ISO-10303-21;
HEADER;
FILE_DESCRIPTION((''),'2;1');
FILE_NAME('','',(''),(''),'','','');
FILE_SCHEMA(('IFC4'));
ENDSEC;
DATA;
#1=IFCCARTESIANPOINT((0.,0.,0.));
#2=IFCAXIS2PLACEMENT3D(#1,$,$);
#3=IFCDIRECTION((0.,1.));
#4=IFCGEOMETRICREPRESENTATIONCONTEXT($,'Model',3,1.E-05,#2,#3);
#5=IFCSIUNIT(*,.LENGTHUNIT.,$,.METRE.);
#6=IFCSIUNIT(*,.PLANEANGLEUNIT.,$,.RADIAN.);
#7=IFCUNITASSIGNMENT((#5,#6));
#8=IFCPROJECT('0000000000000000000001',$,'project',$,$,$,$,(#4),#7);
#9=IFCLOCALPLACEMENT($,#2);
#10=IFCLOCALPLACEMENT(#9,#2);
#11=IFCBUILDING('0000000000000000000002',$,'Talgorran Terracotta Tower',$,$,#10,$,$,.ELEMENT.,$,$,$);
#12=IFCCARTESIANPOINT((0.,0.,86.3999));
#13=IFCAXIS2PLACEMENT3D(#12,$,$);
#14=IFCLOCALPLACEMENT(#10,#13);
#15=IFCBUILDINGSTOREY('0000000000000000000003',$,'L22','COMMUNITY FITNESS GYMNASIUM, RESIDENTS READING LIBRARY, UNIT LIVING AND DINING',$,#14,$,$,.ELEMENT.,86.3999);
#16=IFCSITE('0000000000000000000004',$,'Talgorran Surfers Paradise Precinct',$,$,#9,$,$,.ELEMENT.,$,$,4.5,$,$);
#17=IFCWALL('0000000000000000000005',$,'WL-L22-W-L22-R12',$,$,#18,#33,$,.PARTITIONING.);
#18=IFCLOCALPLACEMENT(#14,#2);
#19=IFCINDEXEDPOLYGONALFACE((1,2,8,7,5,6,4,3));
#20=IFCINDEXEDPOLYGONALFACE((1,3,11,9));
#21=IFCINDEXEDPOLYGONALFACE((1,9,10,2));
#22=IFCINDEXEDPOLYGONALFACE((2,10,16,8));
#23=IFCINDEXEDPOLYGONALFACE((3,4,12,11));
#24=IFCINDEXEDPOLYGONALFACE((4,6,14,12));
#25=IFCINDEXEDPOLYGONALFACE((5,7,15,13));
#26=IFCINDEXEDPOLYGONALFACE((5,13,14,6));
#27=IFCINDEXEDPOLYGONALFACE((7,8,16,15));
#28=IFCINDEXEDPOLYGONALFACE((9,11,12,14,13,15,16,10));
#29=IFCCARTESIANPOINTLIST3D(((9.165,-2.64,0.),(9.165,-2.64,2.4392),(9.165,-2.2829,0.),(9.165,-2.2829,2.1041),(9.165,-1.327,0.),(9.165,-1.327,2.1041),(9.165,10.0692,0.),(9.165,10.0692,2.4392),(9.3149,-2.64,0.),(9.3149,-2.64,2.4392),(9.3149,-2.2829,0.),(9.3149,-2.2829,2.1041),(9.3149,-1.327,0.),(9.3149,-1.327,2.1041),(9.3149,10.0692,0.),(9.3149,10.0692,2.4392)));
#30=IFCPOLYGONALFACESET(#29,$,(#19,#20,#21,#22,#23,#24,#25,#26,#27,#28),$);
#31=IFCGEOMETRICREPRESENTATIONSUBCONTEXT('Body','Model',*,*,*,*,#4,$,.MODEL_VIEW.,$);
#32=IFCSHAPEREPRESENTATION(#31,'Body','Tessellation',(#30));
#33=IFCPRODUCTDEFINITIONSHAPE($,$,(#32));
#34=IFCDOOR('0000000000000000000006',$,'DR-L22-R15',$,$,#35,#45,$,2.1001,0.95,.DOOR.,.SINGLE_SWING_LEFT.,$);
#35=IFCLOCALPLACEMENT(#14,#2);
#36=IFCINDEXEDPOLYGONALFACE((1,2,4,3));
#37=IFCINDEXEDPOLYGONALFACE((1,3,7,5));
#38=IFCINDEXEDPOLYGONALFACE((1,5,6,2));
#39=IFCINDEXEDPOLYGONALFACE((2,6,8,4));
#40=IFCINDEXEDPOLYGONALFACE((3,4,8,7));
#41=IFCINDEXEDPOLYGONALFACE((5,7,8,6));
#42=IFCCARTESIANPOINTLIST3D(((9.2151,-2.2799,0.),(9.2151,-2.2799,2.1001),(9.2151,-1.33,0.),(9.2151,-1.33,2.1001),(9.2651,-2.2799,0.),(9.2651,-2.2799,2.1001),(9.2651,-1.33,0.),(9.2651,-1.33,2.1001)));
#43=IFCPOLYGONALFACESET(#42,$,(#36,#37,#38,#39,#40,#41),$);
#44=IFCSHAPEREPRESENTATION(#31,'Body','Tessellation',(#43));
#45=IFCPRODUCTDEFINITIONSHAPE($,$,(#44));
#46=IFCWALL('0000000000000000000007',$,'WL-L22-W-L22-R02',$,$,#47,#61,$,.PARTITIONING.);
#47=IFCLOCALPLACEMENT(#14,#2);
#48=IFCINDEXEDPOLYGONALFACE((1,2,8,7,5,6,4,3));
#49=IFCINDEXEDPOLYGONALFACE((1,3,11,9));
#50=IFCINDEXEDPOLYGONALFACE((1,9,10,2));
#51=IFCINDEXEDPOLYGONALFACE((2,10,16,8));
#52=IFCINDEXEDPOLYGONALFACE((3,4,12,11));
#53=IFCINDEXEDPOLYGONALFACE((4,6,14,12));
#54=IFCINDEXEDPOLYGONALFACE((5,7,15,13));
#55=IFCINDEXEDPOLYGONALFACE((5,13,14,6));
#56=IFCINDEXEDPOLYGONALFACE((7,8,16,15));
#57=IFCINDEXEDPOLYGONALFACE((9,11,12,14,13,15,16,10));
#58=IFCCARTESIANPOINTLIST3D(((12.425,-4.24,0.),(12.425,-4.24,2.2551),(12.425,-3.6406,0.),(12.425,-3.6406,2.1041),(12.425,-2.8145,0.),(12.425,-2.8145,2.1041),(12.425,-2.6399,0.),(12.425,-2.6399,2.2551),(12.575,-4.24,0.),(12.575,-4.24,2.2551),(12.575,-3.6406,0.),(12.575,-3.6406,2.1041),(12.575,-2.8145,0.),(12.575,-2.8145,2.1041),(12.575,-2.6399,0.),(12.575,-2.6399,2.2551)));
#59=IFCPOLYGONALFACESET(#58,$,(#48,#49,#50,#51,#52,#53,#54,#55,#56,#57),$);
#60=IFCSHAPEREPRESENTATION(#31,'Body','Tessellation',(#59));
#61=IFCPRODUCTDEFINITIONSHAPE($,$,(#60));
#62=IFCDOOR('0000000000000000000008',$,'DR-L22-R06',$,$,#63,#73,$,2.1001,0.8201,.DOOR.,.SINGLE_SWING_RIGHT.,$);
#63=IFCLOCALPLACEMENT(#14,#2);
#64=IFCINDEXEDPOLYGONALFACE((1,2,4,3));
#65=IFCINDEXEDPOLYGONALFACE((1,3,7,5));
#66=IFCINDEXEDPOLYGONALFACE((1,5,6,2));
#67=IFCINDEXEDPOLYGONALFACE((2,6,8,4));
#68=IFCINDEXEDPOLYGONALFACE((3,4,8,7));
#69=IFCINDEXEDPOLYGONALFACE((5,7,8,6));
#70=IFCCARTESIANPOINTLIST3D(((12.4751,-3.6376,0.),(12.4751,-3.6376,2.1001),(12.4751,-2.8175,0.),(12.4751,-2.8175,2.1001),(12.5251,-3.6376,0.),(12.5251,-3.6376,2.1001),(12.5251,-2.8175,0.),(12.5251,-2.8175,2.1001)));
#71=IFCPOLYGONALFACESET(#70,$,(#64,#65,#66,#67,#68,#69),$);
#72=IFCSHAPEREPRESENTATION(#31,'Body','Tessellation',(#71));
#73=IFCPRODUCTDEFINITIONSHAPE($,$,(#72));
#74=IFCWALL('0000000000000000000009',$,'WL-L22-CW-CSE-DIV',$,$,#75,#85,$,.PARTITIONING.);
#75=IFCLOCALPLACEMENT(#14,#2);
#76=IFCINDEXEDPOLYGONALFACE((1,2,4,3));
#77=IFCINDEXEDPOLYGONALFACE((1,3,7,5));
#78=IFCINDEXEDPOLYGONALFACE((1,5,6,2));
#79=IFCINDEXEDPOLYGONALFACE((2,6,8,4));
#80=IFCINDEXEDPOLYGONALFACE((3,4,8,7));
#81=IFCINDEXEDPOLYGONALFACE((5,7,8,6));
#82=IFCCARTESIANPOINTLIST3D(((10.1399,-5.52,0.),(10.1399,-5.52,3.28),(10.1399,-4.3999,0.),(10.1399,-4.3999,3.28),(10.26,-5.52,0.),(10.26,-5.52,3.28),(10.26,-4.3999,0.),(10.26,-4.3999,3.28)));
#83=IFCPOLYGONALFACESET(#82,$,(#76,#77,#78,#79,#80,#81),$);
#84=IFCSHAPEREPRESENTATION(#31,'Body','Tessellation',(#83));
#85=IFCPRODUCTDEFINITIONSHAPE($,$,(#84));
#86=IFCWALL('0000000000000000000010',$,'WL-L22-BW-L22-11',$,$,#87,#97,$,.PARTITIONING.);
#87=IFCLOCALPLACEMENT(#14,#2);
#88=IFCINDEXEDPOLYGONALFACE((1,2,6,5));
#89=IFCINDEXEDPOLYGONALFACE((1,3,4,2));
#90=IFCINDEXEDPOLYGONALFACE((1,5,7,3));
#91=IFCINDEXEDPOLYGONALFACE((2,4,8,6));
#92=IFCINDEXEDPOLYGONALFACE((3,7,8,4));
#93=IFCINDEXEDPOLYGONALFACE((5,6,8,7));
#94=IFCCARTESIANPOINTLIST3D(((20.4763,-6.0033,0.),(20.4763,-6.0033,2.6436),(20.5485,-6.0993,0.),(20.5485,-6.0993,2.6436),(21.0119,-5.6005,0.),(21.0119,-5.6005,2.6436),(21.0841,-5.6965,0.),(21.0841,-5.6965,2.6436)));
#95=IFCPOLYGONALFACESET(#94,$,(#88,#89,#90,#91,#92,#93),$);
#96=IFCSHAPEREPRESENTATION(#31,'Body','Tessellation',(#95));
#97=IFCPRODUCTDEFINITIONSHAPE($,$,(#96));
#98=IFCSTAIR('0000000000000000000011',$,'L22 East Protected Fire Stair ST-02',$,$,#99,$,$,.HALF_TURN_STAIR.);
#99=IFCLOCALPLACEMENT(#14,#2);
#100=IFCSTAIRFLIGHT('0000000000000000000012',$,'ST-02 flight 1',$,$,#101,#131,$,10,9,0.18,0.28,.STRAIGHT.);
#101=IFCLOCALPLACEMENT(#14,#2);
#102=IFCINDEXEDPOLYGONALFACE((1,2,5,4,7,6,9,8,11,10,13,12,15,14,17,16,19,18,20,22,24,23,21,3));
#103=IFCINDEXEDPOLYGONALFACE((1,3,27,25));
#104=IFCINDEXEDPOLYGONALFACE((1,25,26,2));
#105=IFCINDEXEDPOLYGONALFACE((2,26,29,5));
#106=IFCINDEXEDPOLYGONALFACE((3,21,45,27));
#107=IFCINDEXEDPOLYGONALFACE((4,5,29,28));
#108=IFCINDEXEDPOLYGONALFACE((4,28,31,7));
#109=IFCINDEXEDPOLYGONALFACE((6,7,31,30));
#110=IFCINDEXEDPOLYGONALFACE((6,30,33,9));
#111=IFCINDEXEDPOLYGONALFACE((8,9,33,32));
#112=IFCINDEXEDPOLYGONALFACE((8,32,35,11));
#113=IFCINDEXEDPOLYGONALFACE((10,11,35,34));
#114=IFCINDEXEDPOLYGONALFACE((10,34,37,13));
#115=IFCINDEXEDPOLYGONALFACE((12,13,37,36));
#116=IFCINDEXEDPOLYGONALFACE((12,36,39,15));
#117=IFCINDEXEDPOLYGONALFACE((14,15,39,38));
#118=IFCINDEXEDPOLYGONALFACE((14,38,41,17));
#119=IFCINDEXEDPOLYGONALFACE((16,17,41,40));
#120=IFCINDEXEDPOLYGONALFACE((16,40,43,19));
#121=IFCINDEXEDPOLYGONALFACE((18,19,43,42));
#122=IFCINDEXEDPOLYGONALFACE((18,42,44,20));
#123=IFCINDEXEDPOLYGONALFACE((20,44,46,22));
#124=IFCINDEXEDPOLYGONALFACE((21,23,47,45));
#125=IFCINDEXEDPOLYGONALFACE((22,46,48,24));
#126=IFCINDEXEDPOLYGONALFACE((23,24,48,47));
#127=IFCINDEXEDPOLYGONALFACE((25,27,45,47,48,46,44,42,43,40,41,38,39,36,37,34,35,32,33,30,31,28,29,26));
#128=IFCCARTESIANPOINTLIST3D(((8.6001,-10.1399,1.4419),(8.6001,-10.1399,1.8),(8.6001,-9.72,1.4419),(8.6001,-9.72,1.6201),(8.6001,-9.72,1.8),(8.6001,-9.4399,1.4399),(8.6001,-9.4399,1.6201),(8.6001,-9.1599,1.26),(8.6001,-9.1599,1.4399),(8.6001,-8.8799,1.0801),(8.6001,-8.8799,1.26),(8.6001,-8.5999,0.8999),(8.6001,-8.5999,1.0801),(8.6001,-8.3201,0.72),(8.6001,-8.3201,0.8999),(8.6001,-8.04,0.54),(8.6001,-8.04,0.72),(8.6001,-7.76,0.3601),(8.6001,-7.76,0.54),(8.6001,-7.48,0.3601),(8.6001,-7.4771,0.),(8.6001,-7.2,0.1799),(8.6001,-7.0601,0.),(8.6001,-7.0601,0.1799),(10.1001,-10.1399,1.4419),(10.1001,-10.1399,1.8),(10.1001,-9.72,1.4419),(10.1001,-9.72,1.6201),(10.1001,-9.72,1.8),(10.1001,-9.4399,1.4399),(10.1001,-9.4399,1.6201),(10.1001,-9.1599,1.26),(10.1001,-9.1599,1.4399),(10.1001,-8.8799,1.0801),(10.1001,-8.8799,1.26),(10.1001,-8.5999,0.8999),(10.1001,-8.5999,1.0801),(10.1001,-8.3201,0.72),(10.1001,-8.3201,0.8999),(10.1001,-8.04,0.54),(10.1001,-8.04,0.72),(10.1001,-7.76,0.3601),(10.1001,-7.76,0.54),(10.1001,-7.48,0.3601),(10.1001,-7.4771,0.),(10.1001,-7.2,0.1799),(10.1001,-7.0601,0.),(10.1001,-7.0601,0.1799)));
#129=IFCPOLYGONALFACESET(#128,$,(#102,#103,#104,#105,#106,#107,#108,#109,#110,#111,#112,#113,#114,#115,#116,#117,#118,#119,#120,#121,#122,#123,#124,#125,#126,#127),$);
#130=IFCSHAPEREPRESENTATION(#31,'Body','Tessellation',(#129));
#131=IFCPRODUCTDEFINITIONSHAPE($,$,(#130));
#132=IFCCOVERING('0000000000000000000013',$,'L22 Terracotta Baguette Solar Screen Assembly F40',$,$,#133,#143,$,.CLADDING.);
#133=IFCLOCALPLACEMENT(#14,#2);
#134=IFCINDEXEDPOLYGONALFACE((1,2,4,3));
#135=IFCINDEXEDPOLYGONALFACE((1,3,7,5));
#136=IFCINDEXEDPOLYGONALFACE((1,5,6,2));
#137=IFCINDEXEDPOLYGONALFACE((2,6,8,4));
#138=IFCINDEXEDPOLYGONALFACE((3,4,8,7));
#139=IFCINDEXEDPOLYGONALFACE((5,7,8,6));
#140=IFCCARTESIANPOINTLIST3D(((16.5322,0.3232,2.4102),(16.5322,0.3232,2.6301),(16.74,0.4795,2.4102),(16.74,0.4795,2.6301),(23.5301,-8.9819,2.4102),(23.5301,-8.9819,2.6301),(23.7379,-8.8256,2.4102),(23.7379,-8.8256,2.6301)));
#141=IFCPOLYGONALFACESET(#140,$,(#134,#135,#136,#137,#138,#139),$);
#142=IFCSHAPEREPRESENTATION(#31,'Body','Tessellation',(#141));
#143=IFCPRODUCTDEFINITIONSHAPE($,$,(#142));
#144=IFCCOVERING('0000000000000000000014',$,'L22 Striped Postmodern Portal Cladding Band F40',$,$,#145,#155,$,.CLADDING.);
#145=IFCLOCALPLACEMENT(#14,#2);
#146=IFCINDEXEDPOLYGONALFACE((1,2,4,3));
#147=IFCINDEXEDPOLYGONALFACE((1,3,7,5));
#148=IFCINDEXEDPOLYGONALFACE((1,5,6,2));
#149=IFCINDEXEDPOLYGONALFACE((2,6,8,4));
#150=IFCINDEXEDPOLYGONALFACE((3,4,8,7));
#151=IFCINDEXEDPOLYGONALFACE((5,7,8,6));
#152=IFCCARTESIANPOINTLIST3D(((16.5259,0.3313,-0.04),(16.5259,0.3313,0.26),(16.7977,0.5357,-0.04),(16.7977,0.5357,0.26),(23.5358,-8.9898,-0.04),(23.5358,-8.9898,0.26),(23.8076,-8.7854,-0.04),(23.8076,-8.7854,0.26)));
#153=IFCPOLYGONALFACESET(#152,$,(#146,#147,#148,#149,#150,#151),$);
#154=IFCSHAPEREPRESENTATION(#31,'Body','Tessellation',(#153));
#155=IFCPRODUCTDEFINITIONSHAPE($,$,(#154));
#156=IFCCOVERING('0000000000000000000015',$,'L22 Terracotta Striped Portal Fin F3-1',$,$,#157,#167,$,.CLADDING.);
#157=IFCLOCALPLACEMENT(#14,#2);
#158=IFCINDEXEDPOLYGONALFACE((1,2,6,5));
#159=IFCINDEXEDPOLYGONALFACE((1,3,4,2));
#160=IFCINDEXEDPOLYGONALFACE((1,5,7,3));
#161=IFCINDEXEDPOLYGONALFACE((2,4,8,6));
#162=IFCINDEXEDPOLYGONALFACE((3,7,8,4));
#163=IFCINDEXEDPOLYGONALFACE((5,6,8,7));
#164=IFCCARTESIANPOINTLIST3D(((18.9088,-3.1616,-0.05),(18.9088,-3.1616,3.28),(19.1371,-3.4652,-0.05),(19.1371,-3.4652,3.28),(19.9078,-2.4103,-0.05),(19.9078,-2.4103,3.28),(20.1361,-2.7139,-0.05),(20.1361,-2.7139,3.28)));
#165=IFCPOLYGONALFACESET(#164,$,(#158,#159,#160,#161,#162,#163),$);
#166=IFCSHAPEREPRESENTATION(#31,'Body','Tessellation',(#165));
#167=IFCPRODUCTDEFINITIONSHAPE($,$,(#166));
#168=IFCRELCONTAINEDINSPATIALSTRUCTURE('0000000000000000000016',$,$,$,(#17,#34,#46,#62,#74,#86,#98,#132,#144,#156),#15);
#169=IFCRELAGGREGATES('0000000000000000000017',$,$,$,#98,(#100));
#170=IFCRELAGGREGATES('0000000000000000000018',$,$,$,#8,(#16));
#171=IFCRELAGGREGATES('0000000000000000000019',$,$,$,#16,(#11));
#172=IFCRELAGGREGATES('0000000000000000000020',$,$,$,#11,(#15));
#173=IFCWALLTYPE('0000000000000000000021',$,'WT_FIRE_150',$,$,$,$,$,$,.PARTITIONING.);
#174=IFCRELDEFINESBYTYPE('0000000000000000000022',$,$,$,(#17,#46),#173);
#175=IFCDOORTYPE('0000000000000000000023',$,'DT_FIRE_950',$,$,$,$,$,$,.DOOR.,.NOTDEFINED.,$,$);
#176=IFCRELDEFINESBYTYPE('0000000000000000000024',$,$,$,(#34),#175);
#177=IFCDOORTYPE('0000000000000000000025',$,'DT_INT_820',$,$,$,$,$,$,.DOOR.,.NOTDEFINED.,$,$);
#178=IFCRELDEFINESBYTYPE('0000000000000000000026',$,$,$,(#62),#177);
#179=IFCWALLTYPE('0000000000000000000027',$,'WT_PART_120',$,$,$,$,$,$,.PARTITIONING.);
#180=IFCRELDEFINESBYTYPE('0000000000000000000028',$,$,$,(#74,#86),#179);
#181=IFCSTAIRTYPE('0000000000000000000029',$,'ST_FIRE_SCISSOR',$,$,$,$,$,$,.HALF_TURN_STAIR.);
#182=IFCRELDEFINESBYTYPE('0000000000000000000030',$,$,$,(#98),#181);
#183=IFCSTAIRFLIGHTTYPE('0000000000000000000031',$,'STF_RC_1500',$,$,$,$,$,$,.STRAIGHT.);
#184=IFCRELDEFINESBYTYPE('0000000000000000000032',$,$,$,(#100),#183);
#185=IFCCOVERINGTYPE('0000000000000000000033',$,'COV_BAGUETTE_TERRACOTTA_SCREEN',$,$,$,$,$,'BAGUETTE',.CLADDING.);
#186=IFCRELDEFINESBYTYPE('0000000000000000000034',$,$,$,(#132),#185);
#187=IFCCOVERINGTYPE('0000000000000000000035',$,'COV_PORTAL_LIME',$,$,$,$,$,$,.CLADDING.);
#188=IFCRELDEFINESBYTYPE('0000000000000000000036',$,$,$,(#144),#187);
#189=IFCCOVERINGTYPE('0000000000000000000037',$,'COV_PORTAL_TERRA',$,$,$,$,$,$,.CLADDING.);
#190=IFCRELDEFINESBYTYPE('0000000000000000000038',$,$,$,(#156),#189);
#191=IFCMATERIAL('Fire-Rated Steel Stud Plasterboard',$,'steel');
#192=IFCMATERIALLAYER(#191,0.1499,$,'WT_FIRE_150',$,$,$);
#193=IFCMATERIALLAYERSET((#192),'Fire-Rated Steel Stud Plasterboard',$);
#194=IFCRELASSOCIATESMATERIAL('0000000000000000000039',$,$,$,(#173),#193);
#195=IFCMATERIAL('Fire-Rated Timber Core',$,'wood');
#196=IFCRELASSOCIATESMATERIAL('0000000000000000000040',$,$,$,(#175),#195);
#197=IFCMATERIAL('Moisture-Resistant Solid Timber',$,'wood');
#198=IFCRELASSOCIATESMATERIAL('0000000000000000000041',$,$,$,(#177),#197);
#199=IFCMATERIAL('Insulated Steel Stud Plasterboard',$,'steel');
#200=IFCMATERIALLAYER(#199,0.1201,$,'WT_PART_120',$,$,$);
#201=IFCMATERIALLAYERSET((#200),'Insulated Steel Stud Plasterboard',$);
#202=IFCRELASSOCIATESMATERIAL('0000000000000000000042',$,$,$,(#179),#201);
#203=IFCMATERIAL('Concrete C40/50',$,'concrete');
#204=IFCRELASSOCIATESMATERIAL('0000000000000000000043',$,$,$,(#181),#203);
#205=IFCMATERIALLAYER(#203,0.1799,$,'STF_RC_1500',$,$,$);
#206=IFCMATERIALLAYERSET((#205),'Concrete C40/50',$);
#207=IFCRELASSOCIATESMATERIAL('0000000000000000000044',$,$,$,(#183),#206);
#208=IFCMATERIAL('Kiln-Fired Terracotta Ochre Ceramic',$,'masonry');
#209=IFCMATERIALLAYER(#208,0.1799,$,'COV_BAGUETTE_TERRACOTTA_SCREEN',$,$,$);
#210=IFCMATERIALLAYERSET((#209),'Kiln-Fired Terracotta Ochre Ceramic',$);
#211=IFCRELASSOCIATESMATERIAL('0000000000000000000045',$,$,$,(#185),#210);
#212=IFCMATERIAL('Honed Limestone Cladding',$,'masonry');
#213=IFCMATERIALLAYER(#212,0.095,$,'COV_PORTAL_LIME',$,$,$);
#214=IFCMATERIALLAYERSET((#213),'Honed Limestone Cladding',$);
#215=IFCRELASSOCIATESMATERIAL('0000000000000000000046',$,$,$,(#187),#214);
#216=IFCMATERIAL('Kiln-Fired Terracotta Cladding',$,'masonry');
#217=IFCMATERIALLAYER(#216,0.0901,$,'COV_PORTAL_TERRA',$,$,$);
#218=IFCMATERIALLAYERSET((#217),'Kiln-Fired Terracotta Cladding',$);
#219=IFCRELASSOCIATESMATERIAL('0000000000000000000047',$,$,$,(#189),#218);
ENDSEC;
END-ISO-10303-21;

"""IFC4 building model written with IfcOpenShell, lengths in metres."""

from ifc_helpers import new_model, si_unit, direction, frame, frame_2d, origin, origin_2d, place, context, subcontext, project, spatial, polyline, rectangle, outline, extrude, material, layer, layer_set, type_object, element, fill, aggregate, save


model = new_model("IFC4")

# Units and contexts
model_context = context("Model", 3, precision=1e-05, world=origin(), true_north=direction((0.0, 1.0)))
body_context = subcontext(model_context, "Body", "Model", "MODEL_VIEW")
ifc_project = project(units=[si_unit("LENGTHUNIT", "METRE"), si_unit("PLANEANGLEUNIT", "RADIAN")], contexts=[model_context])

# Site, building, storey
site_placement = place(None, origin())
site = spatial("IfcSite", under=ifc_project, at=site_placement, Name="Talgorran Surfers Paradise Precinct", CompositionType="ELEMENT", RefElevation=4.5)
building_placement = place(site_placement, origin())
building = spatial("IfcBuilding", under=site, at=building_placement, Name="Talgorran Terracotta Tower", CompositionType="ELEMENT")
storey_placement = place(building_placement, frame((0.0, 0.0, 86.3999)))
storey = spatial("IfcBuildingStorey", under=building, at=storey_placement, Name="L22", Description="COMMUNITY FITNESS GYMNASIUM, RESIDENTS READING LIBRARY, UNIT LIVING AND DINING", CompositionType="ELEMENT", Elevation=86.3999)

# Walls, openings, doors
ifc_material_1 = material(Name="Fire-Rated Steel Stud Plasterboard", Category="steel")
ifc_layer_1 = layer(ifc_material_1, 0.1499, Name="WT_FIRE_150")
ifc_layer_set_1 = layer_set([ifc_layer_1], Name="Fire-Rated Steel Stud Plasterboard")
wall_type_1 = type_object("IfcWallType", Name="WT_FIRE_150", PredefinedType="PARTITIONING", material=ifc_layer_set_1)
wall_1_placement = place(storey_placement, frame((9.24, -2.6399, 0.0), z_axis=(0.0, 0.0, 1.0), x_axis=(0.0, 1.0, 0.0)))
wall_1 = element("IfcWall", 1, at=wall_1_placement, inside=storey, type_object=wall_type_1, Name="WL-L22-W-L22-R12", PredefinedType="PARTITIONING", context=body_context, shape_type="SweptSolid", body=[
    extrude(rectangle(XDim=12.7092, YDim=0.1499, at=frame_2d((6.3545, 0.0))), origin(), (0.0, 0.0, 1.0), 2.4392),
])
opening_1_placement = place(wall_1_placement, frame((0.3599, 0.0, 0.0)))
opening_1 = element("IfcOpeningElement", 2, at=opening_1_placement, cuts=wall_1, PredefinedType="OPENING", context=body_context, shape_type="SweptSolid", body=[
    extrude(rectangle(XDim=0.956, YDim=2.1041, at=frame_2d((0.4751, 1.052))), frame((0.0, 0.085, 0.0), z_axis=(0.0, -1.0, 0.0), x_axis=(1.0, 0.0, 0.0)), (0.0, 0.0, 1.0), 0.1699),
])
ifc_material_2 = material(Name="Fire-Rated Timber Core", Category="wood")
door_type_1 = type_object("IfcDoorType", Name="DT_FIRE_950", OperationType="NOTDEFINED", PredefinedType="DOOR", material=ifc_material_2)
door_1_placement = place(opening_1_placement, origin())
door_1 = element("IfcDoor", 3, at=door_1_placement, inside=storey, type_object=door_type_1, Name="DR-L22-R15", OperationType="SINGLE_SWING_LEFT", OverallHeight=2.1001, OverallWidth=0.95, PredefinedType="DOOR", context=body_context, shape_type="SweptSolid", body=[
    extrude(rectangle(XDim=0.95, YDim=2.1001, at=frame_2d((0.4751, 1.05))), frame((0.0, 0.0249, 0.0), z_axis=(0.0, -1.0, 0.0), x_axis=(1.0, 0.0, 0.0)), (0.0, 0.0, 1.0), 0.05),
])
fill(opening_1, door_1)
wall_2_placement = place(storey_placement, frame((12.5, -4.24, 0.0), z_axis=(0.0, 0.0, 1.0), x_axis=(0.0, 1.0, 0.0)))
wall_2 = element("IfcWall", 4, at=wall_2_placement, inside=storey, type_object=wall_type_1, Name="WL-L22-W-L22-R02", PredefinedType="PARTITIONING", context=body_context, shape_type="SweptSolid", body=[
    extrude(rectangle(XDim=1.6001, YDim=0.1499, at=frame_2d((0.8, 0.0))), origin(), (0.0, 0.0, 1.0), 2.2551),
])
opening_2_placement = place(wall_2_placement, frame((0.6023, 0.0, 0.0)))
opening_2 = element("IfcOpeningElement", 5, at=opening_2_placement, cuts=wall_2, PredefinedType="OPENING", context=body_context, shape_type="SweptSolid", body=[
    extrude(rectangle(XDim=0.8261, YDim=2.1041, at=frame_2d((0.4102, 1.052))), frame((0.0, 0.085, 0.0), z_axis=(0.0, -1.0, 0.0), x_axis=(1.0, 0.0, 0.0)), (0.0, 0.0, 1.0), 0.1699),
])
ifc_material_3 = material(Name="Moisture-Resistant Solid Timber", Category="wood")
door_type_2 = type_object("IfcDoorType", Name="DT_INT_820", OperationType="NOTDEFINED", PredefinedType="DOOR", material=ifc_material_3)
door_2_placement = place(opening_2_placement, origin())
door_2 = element("IfcDoor", 6, at=door_2_placement, inside=storey, type_object=door_type_2, Name="DR-L22-R06", OperationType="SINGLE_SWING_RIGHT", OverallHeight=2.1001, OverallWidth=0.8201, PredefinedType="DOOR", context=body_context, shape_type="SweptSolid", body=[
    extrude(rectangle(XDim=0.8201, YDim=2.1001, at=frame_2d((0.4102, 1.05))), frame((0.0, 0.0249, 0.0), z_axis=(0.0, -1.0, 0.0), x_axis=(1.0, 0.0, 0.0)), (0.0, 0.0, 1.0), 0.05),
])
fill(opening_2, door_2)

# Walls
ifc_material_4 = material(Name="Insulated Steel Stud Plasterboard", Category="steel")
ifc_layer_2 = layer(ifc_material_4, 0.1201, Name="WT_PART_120")
ifc_layer_set_2 = layer_set([ifc_layer_2], Name="Insulated Steel Stud Plasterboard")
wall_type_2 = type_object("IfcWallType", Name="WT_PART_120", PredefinedType="PARTITIONING", material=ifc_layer_set_2)
wall_3_placement = place(storey_placement, frame((10.2, -5.52, 0.0), z_axis=(0.0, 0.0, 1.0), x_axis=(0.0, 1.0, 0.0)))
element("IfcWall", 7, at=wall_3_placement, inside=storey, type_object=wall_type_2, Name="WL-L22-CW-CSE-DIV", PredefinedType="PARTITIONING", context=body_context, shape_type="SweptSolid", body=[
    extrude(rectangle(XDim=1.1201, YDim=0.1201, at=frame_2d((0.5601, 0.0))), origin(), (0.0, 0.0, 1.0), 3.28),
])
wall_4_placement = place(storey_placement, frame((20.5125, -6.0513, 0.0), z_axis=(0.0, 0.0, 1.0), x_axis=(0.799212, 0.601049, 0.0)))
element("IfcWall", 8, at=wall_4_placement, inside=storey, type_object=wall_type_2, Name="WL-L22-BW-L22-11", PredefinedType="PARTITIONING", context=body_context, shape_type="SweptSolid", body=[
    extrude(rectangle(XDim=0.6702, YDim=0.1201, at=frame_2d((0.335, 0.0))), origin(), (0.0, 0.0, 1.0), 2.6436),
])

# Stair, stair flight
ifc_material_5 = material(Name="Concrete C40/50", Category="concrete")
stair_type = type_object("IfcStairType", Name="ST_FIRE_SCISSOR", PredefinedType="HALF_TURN_STAIR", material=ifc_material_5)
stair_placement = place(storey_placement, origin())
stair = element("IfcStair", 9, at=stair_placement, inside=storey, type_object=stair_type, Name="L22 East Protected Fire Stair ST-02", PredefinedType="HALF_TURN_STAIR")
ifc_layer_3 = layer(ifc_material_5, 0.1799, Name="STF_RC_1500")
ifc_layer_set_3 = layer_set([ifc_layer_3], Name="Concrete C40/50")
stair_flight_type = type_object("IfcStairFlightType", Name="STF_RC_1500", PredefinedType="STRAIGHT", material=ifc_layer_set_3)
stair_flight_placement = place(storey_placement, frame((9.3501, -7.2, 0.0), z_axis=(0.0, 0.0, 1.0), x_axis=(0.0, -1.0, 0.0)))
stair_flight = element("IfcStairFlight", 10, at=stair_flight_placement, type_object=stair_flight_type, Name="ST-02 flight 1", NumberOfRisers=10, NumberOfTreads=9, PredefinedType="STRAIGHT", RiserHeight=0.18, TreadLength=0.28, context=body_context, shape_type="SweptSolid", body=[
    extrude(outline(polyline([(-0.1399, 0.0), (-0.1399, 0.1799), (0.0, 0.1799), (0.28, 0.3601), (0.5601, 0.3601), (0.5601, 0.54), (0.8401, 0.54), (0.8401, 0.72), (1.1201, 0.72), (1.1201, 0.8999), (1.3999, 0.8999), (1.3999, 1.0801), (1.6799, 1.0801), (1.6799, 1.26), (1.96, 1.26), (1.96, 1.4399), (2.24, 1.4399), (2.24, 1.6201), (2.52, 1.6201), (2.52, 1.8), (2.9399, 1.8), (2.9399, 1.4419), (2.52, 1.4419), (0.2771, 0.0), (-0.1399, 0.0)])), frame((0.0, 0.75, 0.0), z_axis=(0.0, -1.0, 0.0), x_axis=(1.0, 0.0, 0.0)), (0.0, 0.0, 1.0), 1.5),
])
aggregate(stair, [stair_flight])

# Coverings
ifc_material_6 = material(Name="Kiln-Fired Terracotta Ochre Ceramic", Category="masonry")
ifc_layer_4 = layer(ifc_material_6, 0.1799, Name="COV_BAGUETTE_TERRACOTTA_SCREEN")
ifc_layer_set_4 = layer_set([ifc_layer_4], Name="Kiln-Fired Terracotta Ochre Ceramic")
covering_type_1 = type_object("IfcCoveringType", Name="COV_BAGUETTE_TERRACOTTA_SCREEN", ElementType="BAGUETTE", PredefinedType="CLADDING", material=ifc_layer_set_4)
covering_1_placement = place(storey_placement, frame((20.135, -4.2512, 2.4102), z_axis=(0.0, 0.0, 1.0), x_axis=(-0.601048, 0.799213, 0.0)))
element("IfcCovering", 11, at=covering_1_placement, inside=storey, type_object=covering_type_1, Name="L22 Terracotta Baguette Solar Screen Assembly F40", PredefinedType="CLADDING", context=body_context, shape_type="SweptSolid", body=[
    extrude(rectangle(XDim=11.6428, YDim=0.26, at=origin_2d()), origin(), (0.0, 0.0, 1.0), 0.22),
])
ifc_material_7 = material(Name="Honed Limestone Cladding", Category="masonry")
ifc_layer_5 = layer(ifc_material_7, 0.095, Name="COV_PORTAL_LIME")
ifc_layer_set_5 = layer_set([ifc_layer_5], Name="Honed Limestone Cladding")
covering_type_2 = type_object("IfcCoveringType", Name="COV_PORTAL_LIME", PredefinedType="CLADDING", material=ifc_layer_set_5)
covering_2_placement = place(storey_placement, frame((20.1667, -4.2271, -0.04), z_axis=(0.0, 0.0, 1.0), x_axis=(-0.601048, 0.799213, 0.0)))
element("IfcCovering", 12, at=covering_2_placement, inside=storey, type_object=covering_type_2, Name="L22 Striped Postmodern Portal Cladding Band F40", PredefinedType="CLADDING", context=body_context, shape_type="SweptSolid", body=[
    extrude(rectangle(XDim=11.6628, YDim=0.3401, at=origin_2d()), origin(), (0.0, 0.0, 1.0), 0.3),
])
ifc_material_8 = material(Name="Kiln-Fired Terracotta Cladding", Category="masonry")
ifc_layer_6 = layer(ifc_material_8, 0.0901, Name="COV_PORTAL_TERRA")
ifc_layer_set_6 = layer_set([ifc_layer_6], Name="Kiln-Fired Terracotta Cladding")
covering_type_3 = type_object("IfcCoveringType", Name="COV_PORTAL_TERRA", PredefinedType="CLADDING", material=ifc_layer_set_6)
covering_3_placement = place(storey_placement, frame((19.5225, -2.9377, -0.05), z_axis=(0.0, 0.0, 1.0), x_axis=(-0.601048, 0.799213, 0.0)))
element("IfcCovering", 13, at=covering_3_placement, inside=storey, type_object=covering_type_3, Name="L22 Terracotta Striped Portal Fin F3-1", PredefinedType="CLADDING", context=body_context, shape_type="SweptSolid", body=[
    extrude(rectangle(XDim=0.3799, YDim=1.25, at=origin_2d()), origin(), (0.0, 0.0, 1.0), 3.3301),
])

save(model, "model.ifc")
